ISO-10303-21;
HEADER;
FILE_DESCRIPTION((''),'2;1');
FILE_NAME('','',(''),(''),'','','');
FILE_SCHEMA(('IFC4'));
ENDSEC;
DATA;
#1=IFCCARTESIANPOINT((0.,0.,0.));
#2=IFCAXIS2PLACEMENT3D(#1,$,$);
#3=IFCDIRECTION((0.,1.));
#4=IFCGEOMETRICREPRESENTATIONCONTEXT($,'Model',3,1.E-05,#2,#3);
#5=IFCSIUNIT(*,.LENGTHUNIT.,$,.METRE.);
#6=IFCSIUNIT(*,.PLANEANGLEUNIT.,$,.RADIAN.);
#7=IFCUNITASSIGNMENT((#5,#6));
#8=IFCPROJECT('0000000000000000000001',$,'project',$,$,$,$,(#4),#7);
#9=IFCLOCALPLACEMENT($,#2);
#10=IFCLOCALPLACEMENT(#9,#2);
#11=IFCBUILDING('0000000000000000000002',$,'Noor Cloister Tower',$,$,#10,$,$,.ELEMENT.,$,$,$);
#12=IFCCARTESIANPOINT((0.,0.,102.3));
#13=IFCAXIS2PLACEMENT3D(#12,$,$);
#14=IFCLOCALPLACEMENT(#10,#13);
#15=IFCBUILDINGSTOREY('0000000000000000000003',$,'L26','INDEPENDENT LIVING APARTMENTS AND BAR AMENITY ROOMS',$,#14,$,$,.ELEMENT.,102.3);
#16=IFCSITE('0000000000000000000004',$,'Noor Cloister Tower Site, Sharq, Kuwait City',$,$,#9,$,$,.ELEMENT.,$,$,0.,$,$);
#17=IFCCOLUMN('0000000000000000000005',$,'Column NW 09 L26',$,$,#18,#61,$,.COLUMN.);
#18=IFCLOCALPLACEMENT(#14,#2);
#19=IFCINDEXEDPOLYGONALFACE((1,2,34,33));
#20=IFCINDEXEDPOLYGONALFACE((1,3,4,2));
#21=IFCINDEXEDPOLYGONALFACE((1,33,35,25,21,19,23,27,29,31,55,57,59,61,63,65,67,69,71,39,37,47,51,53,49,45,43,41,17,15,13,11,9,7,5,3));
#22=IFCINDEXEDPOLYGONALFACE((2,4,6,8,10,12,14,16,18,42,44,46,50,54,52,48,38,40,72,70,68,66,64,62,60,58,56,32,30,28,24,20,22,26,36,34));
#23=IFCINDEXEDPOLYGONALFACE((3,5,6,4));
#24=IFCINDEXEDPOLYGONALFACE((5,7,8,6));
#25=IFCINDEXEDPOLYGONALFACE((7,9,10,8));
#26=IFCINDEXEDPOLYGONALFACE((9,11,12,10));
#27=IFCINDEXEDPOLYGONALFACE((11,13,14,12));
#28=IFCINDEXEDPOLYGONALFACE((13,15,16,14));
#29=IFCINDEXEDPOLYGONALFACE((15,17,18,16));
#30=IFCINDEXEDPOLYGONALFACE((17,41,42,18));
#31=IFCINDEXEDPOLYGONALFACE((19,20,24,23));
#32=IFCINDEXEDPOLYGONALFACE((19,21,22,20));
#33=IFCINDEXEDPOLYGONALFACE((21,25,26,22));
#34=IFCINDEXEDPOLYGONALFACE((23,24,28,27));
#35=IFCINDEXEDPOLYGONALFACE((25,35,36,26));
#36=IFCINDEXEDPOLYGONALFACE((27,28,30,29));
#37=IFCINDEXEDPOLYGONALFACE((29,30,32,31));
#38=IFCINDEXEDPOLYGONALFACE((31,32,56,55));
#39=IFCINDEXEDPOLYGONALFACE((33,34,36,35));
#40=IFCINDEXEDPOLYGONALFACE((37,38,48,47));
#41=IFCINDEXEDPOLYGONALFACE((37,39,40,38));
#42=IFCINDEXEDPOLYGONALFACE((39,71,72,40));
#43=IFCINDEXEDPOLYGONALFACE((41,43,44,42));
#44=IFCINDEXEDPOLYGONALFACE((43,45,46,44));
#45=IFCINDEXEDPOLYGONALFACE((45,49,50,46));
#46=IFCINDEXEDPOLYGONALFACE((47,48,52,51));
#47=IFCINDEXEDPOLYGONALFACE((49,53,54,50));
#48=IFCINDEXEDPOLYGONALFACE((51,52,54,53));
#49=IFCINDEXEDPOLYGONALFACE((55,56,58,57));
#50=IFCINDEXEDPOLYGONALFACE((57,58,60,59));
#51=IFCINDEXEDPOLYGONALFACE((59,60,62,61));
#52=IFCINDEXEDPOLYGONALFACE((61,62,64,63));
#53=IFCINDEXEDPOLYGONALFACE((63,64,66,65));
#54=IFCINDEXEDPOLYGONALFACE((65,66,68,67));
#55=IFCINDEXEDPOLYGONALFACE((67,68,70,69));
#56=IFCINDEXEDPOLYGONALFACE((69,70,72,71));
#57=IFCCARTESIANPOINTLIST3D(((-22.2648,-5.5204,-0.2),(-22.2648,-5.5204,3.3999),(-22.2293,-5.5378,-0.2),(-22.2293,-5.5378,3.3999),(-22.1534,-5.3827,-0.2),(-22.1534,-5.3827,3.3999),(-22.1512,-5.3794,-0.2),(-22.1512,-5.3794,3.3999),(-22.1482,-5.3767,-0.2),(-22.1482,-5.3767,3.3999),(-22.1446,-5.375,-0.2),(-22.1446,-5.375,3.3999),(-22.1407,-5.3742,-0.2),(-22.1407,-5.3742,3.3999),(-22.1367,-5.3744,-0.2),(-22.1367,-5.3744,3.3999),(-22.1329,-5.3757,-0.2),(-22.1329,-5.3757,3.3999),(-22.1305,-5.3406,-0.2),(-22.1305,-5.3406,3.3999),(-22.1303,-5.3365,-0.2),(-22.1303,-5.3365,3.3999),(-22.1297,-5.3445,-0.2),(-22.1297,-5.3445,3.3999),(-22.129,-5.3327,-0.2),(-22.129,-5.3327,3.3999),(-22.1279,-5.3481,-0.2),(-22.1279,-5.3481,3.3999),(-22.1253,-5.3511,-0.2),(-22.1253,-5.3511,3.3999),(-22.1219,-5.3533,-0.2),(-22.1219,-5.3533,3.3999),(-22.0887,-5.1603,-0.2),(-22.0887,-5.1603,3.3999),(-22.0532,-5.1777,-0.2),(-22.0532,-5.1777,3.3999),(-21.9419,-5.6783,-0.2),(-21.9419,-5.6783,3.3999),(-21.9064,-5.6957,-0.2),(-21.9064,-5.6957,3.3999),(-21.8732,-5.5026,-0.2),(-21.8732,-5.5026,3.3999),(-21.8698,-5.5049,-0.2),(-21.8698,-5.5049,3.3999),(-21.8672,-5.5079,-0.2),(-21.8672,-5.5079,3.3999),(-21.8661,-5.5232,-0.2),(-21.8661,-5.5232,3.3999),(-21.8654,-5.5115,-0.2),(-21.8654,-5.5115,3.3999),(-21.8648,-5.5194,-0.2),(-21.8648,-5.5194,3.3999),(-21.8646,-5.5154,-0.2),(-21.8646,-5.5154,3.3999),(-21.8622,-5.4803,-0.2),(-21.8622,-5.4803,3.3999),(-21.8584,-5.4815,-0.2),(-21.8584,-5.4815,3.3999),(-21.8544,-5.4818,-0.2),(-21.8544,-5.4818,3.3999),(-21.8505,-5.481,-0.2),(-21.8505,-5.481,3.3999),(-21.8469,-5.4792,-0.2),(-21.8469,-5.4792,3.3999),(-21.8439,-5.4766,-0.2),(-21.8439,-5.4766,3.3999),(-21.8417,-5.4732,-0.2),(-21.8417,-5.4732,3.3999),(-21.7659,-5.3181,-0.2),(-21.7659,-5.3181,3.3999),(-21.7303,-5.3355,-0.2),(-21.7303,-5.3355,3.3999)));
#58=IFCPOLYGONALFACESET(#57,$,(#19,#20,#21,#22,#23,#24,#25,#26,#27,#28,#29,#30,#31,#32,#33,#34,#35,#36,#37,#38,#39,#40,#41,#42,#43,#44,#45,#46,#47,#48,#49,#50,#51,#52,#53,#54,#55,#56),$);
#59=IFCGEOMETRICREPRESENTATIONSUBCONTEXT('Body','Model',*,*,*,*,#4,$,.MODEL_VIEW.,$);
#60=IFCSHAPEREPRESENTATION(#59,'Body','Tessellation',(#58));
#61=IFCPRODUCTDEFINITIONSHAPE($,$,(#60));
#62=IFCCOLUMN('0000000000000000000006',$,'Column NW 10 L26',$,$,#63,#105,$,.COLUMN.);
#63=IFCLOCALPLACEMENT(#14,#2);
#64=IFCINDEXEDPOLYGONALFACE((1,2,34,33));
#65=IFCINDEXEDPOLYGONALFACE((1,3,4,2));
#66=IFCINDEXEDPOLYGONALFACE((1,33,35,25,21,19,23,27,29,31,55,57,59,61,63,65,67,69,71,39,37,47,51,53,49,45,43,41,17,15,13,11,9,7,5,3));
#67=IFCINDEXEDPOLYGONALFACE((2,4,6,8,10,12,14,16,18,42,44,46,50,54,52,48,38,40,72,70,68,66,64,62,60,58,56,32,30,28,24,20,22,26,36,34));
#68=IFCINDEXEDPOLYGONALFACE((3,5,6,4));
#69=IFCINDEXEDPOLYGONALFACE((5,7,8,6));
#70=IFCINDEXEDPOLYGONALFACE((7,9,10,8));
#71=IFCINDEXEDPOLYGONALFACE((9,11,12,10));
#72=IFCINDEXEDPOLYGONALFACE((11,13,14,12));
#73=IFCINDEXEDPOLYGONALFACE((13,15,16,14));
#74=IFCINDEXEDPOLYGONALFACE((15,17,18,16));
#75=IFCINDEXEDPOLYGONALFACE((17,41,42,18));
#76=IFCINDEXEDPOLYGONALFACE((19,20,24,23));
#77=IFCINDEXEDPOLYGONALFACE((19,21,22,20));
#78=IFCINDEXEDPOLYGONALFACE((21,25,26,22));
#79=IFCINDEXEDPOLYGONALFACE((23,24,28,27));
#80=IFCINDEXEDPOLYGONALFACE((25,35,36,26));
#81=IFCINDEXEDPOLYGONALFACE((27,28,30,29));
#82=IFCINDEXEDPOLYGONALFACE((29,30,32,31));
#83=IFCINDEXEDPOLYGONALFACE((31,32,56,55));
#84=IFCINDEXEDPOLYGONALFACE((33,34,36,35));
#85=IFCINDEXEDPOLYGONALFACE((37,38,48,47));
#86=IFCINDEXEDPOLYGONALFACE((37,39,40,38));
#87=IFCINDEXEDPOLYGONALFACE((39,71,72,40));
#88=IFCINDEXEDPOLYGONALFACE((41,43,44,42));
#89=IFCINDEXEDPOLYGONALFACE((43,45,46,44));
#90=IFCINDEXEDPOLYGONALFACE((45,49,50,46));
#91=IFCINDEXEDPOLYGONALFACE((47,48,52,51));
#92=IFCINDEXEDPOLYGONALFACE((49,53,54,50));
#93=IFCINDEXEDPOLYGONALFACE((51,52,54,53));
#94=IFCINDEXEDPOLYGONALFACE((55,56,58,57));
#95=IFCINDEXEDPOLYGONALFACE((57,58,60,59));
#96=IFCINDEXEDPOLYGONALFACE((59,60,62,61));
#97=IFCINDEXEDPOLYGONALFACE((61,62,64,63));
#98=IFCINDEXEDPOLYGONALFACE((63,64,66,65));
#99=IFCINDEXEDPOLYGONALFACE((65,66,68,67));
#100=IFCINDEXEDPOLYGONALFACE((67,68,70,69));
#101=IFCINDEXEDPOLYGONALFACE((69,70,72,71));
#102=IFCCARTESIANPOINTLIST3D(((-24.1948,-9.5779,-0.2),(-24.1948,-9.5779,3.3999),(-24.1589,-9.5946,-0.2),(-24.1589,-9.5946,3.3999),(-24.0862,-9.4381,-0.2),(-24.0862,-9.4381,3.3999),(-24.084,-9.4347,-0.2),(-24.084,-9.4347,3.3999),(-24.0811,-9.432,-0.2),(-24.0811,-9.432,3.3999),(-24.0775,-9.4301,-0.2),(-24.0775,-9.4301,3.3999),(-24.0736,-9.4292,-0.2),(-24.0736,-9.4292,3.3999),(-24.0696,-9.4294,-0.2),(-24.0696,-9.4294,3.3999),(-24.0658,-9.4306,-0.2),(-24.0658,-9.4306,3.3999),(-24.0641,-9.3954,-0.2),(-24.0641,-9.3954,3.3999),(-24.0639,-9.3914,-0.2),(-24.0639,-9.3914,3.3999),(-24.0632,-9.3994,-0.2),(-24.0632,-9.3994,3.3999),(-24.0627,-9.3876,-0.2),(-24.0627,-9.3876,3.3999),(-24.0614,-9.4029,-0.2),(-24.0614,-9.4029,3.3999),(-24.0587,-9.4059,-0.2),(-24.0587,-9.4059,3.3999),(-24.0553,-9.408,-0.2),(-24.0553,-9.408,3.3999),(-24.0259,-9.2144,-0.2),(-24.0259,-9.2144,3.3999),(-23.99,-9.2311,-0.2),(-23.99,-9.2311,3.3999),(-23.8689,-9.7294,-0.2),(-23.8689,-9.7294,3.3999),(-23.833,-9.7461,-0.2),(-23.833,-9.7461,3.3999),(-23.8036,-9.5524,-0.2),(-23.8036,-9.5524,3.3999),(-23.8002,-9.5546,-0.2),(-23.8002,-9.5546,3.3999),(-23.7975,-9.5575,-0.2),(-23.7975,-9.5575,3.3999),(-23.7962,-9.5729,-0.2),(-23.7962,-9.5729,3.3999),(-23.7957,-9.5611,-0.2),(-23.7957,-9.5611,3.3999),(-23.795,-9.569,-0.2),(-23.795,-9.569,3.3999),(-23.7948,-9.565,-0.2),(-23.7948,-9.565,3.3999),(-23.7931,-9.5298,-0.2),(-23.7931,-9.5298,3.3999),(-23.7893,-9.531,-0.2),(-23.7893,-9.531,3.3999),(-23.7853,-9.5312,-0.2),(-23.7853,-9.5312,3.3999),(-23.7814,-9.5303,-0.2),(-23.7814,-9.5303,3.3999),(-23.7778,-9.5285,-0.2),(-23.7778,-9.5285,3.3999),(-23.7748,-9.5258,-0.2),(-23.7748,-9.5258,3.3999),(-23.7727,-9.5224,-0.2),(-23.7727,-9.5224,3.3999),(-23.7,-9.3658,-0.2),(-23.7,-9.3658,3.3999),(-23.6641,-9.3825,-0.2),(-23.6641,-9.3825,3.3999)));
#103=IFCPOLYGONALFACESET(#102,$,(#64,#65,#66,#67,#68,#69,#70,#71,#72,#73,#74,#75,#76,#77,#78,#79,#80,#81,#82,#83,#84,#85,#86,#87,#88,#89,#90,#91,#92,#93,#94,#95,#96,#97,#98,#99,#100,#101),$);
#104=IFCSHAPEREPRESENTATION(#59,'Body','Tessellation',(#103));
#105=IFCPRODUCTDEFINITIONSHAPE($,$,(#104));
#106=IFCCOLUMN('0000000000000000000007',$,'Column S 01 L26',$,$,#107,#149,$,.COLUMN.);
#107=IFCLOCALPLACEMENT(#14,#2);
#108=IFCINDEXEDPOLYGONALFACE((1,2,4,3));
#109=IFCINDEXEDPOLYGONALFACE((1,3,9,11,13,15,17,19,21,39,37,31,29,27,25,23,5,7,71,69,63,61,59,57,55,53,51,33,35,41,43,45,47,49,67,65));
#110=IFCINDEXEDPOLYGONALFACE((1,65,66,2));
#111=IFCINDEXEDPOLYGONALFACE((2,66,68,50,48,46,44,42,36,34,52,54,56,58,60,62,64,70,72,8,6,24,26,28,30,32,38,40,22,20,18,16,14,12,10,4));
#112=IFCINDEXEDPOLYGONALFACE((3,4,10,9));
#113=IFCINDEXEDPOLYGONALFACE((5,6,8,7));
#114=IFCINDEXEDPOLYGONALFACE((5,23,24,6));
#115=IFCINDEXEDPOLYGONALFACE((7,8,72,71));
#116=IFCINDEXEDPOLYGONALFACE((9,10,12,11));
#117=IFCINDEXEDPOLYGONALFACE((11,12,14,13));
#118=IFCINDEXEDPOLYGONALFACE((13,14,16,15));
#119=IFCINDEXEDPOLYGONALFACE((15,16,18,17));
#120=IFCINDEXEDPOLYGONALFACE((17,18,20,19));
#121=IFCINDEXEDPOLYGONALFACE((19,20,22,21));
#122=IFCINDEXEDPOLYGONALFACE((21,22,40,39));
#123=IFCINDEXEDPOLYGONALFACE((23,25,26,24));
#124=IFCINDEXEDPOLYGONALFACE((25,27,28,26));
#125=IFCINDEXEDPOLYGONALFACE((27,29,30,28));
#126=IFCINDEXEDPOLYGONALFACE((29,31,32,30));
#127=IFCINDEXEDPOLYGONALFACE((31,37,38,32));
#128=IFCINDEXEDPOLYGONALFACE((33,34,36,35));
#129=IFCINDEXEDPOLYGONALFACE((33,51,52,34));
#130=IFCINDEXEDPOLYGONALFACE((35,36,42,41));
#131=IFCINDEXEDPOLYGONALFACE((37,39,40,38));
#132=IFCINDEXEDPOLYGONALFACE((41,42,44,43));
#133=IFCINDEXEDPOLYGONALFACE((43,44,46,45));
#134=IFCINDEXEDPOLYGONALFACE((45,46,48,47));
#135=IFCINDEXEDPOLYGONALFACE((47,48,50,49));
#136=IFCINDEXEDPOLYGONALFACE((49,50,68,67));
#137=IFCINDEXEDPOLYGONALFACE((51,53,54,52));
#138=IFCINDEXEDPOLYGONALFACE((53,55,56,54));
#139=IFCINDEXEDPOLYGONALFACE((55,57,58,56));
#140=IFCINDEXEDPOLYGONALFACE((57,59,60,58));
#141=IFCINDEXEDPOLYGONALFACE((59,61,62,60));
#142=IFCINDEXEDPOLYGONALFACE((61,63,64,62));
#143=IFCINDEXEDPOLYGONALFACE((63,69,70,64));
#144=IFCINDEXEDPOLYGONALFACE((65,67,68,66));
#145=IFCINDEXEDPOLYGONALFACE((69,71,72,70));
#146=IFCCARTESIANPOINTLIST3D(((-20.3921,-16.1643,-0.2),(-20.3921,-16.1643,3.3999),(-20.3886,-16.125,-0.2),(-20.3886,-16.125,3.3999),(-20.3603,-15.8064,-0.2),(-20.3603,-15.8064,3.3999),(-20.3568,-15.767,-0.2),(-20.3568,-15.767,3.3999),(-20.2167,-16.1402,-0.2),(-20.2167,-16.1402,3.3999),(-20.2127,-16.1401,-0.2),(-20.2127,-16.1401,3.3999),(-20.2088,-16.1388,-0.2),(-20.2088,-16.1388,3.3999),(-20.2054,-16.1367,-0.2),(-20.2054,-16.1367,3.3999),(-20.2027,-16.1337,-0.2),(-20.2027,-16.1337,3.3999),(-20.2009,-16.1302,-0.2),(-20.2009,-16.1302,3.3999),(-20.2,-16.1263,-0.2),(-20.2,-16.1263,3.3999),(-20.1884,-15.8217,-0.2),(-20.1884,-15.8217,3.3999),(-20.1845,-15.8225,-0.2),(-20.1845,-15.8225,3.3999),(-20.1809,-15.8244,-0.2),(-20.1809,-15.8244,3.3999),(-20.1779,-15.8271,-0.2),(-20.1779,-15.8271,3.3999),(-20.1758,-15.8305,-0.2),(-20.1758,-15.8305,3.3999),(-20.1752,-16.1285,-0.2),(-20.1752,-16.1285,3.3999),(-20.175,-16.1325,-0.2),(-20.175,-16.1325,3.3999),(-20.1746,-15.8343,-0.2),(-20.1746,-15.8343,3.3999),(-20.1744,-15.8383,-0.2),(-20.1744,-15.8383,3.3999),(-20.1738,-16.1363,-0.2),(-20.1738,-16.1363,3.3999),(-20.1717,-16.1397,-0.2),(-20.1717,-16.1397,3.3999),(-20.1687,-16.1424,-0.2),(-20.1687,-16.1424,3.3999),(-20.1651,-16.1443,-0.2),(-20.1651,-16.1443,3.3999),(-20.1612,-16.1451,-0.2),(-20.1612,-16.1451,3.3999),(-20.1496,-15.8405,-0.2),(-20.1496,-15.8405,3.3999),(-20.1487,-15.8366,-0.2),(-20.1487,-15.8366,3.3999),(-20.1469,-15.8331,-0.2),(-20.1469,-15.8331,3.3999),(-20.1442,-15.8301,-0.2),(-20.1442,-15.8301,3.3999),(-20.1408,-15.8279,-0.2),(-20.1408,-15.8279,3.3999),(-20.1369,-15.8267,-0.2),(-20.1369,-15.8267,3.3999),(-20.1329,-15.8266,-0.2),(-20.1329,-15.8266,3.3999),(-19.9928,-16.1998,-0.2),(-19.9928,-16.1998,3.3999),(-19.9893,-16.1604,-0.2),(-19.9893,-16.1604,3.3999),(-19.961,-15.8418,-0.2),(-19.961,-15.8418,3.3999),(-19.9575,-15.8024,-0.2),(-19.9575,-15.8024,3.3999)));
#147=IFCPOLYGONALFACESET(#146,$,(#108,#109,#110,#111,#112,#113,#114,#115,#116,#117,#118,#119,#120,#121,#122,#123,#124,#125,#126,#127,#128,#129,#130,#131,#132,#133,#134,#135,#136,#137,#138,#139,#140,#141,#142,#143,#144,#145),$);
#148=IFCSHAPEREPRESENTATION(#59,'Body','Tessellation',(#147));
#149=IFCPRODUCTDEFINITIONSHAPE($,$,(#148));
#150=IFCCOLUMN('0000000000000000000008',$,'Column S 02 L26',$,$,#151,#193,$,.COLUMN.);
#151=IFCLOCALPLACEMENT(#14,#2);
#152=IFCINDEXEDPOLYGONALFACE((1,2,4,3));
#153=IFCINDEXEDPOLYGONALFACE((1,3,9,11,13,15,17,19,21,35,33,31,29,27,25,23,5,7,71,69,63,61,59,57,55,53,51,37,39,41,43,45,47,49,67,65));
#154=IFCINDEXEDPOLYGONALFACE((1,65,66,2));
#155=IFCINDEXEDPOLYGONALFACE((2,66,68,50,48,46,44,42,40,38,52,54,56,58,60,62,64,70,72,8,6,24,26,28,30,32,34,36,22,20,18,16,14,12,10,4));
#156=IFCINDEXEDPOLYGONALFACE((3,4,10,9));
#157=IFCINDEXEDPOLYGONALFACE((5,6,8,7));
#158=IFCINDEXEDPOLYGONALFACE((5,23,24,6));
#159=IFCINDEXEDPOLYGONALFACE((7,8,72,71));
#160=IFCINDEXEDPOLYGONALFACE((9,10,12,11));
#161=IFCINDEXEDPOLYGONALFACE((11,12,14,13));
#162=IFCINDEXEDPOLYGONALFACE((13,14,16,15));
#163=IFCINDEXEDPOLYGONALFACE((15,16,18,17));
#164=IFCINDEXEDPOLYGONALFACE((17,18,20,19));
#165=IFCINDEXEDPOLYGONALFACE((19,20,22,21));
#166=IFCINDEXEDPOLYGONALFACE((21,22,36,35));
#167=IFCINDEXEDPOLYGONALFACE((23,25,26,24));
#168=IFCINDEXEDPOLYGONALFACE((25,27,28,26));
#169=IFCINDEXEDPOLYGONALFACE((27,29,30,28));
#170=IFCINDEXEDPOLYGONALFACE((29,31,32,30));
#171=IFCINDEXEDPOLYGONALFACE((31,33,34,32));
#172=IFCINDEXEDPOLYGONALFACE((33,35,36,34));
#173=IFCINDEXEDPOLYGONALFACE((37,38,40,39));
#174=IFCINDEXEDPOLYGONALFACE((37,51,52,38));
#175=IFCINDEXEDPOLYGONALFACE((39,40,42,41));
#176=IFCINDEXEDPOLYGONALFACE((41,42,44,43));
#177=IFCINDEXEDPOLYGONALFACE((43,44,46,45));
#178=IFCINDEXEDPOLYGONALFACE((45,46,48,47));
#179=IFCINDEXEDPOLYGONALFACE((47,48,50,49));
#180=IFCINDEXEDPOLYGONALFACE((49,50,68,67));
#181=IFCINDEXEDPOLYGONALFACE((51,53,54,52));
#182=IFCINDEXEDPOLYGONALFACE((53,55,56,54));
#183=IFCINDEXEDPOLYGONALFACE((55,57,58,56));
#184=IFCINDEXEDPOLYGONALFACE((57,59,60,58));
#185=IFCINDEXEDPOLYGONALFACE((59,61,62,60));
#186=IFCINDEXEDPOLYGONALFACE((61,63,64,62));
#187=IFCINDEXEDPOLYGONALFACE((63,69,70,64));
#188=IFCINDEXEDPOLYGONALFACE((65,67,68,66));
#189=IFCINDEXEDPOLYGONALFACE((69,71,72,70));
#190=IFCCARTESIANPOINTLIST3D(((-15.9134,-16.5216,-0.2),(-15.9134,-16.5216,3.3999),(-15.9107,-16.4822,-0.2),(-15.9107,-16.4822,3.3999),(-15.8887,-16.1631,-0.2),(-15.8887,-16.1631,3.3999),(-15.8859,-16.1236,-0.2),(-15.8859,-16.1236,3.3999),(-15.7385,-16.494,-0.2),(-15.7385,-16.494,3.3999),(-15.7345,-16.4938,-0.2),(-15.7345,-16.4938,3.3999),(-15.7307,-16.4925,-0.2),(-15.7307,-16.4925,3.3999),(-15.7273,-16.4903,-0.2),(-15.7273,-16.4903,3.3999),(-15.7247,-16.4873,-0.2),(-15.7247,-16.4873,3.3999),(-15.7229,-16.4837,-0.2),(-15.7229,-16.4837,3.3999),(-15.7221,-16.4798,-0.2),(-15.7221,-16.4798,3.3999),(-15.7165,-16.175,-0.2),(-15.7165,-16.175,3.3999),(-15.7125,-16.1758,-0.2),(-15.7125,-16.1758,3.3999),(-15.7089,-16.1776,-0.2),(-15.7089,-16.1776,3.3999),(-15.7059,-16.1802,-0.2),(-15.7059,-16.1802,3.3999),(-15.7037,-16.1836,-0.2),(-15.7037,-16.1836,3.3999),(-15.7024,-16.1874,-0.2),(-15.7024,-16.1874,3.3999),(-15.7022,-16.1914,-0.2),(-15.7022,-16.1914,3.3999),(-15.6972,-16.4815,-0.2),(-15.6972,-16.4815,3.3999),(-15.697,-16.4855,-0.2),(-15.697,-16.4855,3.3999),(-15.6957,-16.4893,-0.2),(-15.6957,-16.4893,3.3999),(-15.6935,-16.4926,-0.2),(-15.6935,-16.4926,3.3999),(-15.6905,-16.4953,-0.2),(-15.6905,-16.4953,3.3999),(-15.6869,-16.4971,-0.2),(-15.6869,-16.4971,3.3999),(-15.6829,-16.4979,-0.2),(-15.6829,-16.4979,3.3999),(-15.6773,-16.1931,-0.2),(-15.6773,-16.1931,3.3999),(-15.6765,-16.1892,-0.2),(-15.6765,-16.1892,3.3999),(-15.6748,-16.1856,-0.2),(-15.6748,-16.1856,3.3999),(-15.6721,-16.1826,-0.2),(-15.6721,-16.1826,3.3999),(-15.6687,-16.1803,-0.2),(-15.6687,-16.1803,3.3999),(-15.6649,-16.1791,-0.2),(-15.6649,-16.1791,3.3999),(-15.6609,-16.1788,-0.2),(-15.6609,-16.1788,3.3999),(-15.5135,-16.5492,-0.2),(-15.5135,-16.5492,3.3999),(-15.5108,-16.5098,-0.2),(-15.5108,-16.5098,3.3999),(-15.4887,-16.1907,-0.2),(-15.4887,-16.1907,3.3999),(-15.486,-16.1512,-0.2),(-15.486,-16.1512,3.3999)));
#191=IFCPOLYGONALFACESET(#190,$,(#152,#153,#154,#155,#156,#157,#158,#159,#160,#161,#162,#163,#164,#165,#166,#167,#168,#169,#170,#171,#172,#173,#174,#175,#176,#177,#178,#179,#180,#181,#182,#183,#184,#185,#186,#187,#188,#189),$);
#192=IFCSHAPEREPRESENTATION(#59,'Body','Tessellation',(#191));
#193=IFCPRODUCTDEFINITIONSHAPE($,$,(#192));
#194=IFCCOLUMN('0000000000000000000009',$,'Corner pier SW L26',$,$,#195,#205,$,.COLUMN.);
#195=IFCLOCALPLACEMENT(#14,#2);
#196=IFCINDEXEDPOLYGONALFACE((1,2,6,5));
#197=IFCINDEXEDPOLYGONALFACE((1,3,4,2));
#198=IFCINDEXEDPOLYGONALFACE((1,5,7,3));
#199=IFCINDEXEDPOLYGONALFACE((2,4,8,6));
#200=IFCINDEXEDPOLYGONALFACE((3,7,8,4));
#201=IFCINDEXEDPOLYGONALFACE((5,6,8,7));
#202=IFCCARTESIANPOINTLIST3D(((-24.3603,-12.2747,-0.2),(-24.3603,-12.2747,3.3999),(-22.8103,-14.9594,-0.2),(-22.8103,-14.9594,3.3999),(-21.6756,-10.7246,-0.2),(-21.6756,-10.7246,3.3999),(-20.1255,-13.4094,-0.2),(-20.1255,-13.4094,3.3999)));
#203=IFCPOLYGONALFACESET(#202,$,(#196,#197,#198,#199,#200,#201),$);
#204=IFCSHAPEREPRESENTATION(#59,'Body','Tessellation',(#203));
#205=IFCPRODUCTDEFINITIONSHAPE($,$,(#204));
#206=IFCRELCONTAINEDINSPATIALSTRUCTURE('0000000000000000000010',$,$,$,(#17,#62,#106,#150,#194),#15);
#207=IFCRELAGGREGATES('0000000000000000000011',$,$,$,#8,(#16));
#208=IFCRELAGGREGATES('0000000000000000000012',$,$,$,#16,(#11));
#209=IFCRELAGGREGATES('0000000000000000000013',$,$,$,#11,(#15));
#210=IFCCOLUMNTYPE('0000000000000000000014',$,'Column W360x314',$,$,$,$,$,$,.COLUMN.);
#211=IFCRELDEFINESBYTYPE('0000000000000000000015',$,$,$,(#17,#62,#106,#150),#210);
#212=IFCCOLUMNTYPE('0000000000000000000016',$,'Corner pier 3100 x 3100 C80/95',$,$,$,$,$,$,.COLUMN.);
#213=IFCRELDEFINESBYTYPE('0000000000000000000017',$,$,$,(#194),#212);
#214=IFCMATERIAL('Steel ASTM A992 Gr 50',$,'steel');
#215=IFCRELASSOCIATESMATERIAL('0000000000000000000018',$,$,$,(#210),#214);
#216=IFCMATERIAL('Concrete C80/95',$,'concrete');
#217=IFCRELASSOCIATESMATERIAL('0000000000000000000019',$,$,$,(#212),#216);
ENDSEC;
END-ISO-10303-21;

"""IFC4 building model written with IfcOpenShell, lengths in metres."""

from ifc_helpers import new_model, si_unit, direction, frame, origin, origin_2d, place, context, subcontext, project, spatial, rectangle, i_section, extrude, material, material_profile, profile_set, type_object, element, save


model = new_model("IFC4")

# Units and contexts
model_context = context("Model", 3, precision=1e-05, world=origin(), true_north=direction((0.0, 1.0)))
body_context = subcontext(model_context, "Body", "Model", "MODEL_VIEW")
ifc_project = project(units=[si_unit("LENGTHUNIT", "METRE"), si_unit("PLANEANGLEUNIT", "RADIAN")], contexts=[model_context])

# Site, building, storey
site_placement = place(None, origin())
site = spatial("IfcSite", under=ifc_project, at=site_placement, Name="Noor Cloister Tower Site, Sharq, Kuwait City", CompositionType="ELEMENT", RefElevation=0.0)
building_placement = place(site_placement, origin())
building = spatial("IfcBuilding", under=site, at=building_placement, Name="Noor Cloister Tower", CompositionType="ELEMENT")
storey_placement = place(building_placement, frame((0.0, 0.0, 102.3)))
storey = spatial("IfcBuildingStorey", under=building, at=storey_placement, Name="L26", Description="INDEPENDENT LIVING APARTMENTS AND BAR AMENITY ROOMS", CompositionType="ELEMENT", Elevation=102.3)

# Columns
ifc_material_1 = material(Name="Steel ASTM A992 Gr 50", Category="steel")
ifc_material_profile_1 = material_profile(ifc_material_1, i_section(OverallWidth=0.4009, OverallDepth=0.3989, WebThickness=0.0249, FlangeThickness=0.0396, FilletRadius=0.0154, at=origin_2d()), Name="W360x314")
ifc_profile_set_1 = profile_set([ifc_material_profile_1], Name="Steel ASTM A992 Gr 50")
column_type_1 = type_object("IfcColumnType", Name="Column W360x314", PredefinedType="COLUMN", material=ifc_profile_set_1)
for number, where, z_axis, x_axis, name in (
    (1, (-21.9976, -5.428, -0.2), (0.0, 0.0, 1.0), (-0.439199, -0.89839, 0.0), "Column NW 09 L26"),
    (2, (-23.9294, -9.4802, -0.2), (0.0, 0.0, 1.0), (-0.421432, -0.90686, 0.0), "Column NW 10 L26"),
    (3, (-20.1748, -15.9834, -0.2), (0.0, 0.0, 1.0), (0.99608, -0.088459, 0.0), "Column S 01 L26"),
    (4, (-15.6997, -16.3364, -0.2), (0.0, 0.0, 1.0), (0.997628, -0.068837, 0.0), "Column S 02 L26"),
):
    element("IfcColumn", number, at=place(storey_placement, frame(where, z_axis=z_axis, x_axis=x_axis)), inside=storey, type_object=column_type_1, Name=name, PredefinedType="COLUMN", context=body_context, shape_type="SweptSolid", body=[
        extrude(i_section(OverallWidth=0.4009, OverallDepth=0.3989, WebThickness=0.0249, FlangeThickness=0.0396, FilletRadius=0.0154, at=origin_2d()), origin(), (0.0, 0.0, 1.0), 3.5999),
    ])
ifc_material_2 = material(Name="Concrete C80/95", Category="concrete")
ifc_material_profile_2 = material_profile(ifc_material_2, rectangle(XDim=3.1001, YDim=3.1001, at=origin_2d()), Name="RC 3100x3100")
ifc_profile_set_2 = profile_set([ifc_material_profile_2], Name="Concrete C80/95")
column_type_2 = type_object("IfcColumnType", Name="Corner pier 3100 x 3100 C80/95", PredefinedType="COLUMN", material=ifc_profile_set_2)
column_placement = place(storey_placement, frame((-22.2429, -12.842, -0.2), z_axis=(0.0, 0.0, 1.0), x_axis=(-0.866025, -0.5, 0.0)))
element("IfcColumn", 5, at=column_placement, inside=storey, type_object=column_type_2, Name="Corner pier SW L26", PredefinedType="COLUMN", context=body_context, shape_type="SweptSolid", body=[
    extrude(rectangle(XDim=3.1001, YDim=3.1001, at=origin_2d()), origin(), (0.0, 0.0, 1.0), 3.5999),
])

save(model, "model.ifc")
